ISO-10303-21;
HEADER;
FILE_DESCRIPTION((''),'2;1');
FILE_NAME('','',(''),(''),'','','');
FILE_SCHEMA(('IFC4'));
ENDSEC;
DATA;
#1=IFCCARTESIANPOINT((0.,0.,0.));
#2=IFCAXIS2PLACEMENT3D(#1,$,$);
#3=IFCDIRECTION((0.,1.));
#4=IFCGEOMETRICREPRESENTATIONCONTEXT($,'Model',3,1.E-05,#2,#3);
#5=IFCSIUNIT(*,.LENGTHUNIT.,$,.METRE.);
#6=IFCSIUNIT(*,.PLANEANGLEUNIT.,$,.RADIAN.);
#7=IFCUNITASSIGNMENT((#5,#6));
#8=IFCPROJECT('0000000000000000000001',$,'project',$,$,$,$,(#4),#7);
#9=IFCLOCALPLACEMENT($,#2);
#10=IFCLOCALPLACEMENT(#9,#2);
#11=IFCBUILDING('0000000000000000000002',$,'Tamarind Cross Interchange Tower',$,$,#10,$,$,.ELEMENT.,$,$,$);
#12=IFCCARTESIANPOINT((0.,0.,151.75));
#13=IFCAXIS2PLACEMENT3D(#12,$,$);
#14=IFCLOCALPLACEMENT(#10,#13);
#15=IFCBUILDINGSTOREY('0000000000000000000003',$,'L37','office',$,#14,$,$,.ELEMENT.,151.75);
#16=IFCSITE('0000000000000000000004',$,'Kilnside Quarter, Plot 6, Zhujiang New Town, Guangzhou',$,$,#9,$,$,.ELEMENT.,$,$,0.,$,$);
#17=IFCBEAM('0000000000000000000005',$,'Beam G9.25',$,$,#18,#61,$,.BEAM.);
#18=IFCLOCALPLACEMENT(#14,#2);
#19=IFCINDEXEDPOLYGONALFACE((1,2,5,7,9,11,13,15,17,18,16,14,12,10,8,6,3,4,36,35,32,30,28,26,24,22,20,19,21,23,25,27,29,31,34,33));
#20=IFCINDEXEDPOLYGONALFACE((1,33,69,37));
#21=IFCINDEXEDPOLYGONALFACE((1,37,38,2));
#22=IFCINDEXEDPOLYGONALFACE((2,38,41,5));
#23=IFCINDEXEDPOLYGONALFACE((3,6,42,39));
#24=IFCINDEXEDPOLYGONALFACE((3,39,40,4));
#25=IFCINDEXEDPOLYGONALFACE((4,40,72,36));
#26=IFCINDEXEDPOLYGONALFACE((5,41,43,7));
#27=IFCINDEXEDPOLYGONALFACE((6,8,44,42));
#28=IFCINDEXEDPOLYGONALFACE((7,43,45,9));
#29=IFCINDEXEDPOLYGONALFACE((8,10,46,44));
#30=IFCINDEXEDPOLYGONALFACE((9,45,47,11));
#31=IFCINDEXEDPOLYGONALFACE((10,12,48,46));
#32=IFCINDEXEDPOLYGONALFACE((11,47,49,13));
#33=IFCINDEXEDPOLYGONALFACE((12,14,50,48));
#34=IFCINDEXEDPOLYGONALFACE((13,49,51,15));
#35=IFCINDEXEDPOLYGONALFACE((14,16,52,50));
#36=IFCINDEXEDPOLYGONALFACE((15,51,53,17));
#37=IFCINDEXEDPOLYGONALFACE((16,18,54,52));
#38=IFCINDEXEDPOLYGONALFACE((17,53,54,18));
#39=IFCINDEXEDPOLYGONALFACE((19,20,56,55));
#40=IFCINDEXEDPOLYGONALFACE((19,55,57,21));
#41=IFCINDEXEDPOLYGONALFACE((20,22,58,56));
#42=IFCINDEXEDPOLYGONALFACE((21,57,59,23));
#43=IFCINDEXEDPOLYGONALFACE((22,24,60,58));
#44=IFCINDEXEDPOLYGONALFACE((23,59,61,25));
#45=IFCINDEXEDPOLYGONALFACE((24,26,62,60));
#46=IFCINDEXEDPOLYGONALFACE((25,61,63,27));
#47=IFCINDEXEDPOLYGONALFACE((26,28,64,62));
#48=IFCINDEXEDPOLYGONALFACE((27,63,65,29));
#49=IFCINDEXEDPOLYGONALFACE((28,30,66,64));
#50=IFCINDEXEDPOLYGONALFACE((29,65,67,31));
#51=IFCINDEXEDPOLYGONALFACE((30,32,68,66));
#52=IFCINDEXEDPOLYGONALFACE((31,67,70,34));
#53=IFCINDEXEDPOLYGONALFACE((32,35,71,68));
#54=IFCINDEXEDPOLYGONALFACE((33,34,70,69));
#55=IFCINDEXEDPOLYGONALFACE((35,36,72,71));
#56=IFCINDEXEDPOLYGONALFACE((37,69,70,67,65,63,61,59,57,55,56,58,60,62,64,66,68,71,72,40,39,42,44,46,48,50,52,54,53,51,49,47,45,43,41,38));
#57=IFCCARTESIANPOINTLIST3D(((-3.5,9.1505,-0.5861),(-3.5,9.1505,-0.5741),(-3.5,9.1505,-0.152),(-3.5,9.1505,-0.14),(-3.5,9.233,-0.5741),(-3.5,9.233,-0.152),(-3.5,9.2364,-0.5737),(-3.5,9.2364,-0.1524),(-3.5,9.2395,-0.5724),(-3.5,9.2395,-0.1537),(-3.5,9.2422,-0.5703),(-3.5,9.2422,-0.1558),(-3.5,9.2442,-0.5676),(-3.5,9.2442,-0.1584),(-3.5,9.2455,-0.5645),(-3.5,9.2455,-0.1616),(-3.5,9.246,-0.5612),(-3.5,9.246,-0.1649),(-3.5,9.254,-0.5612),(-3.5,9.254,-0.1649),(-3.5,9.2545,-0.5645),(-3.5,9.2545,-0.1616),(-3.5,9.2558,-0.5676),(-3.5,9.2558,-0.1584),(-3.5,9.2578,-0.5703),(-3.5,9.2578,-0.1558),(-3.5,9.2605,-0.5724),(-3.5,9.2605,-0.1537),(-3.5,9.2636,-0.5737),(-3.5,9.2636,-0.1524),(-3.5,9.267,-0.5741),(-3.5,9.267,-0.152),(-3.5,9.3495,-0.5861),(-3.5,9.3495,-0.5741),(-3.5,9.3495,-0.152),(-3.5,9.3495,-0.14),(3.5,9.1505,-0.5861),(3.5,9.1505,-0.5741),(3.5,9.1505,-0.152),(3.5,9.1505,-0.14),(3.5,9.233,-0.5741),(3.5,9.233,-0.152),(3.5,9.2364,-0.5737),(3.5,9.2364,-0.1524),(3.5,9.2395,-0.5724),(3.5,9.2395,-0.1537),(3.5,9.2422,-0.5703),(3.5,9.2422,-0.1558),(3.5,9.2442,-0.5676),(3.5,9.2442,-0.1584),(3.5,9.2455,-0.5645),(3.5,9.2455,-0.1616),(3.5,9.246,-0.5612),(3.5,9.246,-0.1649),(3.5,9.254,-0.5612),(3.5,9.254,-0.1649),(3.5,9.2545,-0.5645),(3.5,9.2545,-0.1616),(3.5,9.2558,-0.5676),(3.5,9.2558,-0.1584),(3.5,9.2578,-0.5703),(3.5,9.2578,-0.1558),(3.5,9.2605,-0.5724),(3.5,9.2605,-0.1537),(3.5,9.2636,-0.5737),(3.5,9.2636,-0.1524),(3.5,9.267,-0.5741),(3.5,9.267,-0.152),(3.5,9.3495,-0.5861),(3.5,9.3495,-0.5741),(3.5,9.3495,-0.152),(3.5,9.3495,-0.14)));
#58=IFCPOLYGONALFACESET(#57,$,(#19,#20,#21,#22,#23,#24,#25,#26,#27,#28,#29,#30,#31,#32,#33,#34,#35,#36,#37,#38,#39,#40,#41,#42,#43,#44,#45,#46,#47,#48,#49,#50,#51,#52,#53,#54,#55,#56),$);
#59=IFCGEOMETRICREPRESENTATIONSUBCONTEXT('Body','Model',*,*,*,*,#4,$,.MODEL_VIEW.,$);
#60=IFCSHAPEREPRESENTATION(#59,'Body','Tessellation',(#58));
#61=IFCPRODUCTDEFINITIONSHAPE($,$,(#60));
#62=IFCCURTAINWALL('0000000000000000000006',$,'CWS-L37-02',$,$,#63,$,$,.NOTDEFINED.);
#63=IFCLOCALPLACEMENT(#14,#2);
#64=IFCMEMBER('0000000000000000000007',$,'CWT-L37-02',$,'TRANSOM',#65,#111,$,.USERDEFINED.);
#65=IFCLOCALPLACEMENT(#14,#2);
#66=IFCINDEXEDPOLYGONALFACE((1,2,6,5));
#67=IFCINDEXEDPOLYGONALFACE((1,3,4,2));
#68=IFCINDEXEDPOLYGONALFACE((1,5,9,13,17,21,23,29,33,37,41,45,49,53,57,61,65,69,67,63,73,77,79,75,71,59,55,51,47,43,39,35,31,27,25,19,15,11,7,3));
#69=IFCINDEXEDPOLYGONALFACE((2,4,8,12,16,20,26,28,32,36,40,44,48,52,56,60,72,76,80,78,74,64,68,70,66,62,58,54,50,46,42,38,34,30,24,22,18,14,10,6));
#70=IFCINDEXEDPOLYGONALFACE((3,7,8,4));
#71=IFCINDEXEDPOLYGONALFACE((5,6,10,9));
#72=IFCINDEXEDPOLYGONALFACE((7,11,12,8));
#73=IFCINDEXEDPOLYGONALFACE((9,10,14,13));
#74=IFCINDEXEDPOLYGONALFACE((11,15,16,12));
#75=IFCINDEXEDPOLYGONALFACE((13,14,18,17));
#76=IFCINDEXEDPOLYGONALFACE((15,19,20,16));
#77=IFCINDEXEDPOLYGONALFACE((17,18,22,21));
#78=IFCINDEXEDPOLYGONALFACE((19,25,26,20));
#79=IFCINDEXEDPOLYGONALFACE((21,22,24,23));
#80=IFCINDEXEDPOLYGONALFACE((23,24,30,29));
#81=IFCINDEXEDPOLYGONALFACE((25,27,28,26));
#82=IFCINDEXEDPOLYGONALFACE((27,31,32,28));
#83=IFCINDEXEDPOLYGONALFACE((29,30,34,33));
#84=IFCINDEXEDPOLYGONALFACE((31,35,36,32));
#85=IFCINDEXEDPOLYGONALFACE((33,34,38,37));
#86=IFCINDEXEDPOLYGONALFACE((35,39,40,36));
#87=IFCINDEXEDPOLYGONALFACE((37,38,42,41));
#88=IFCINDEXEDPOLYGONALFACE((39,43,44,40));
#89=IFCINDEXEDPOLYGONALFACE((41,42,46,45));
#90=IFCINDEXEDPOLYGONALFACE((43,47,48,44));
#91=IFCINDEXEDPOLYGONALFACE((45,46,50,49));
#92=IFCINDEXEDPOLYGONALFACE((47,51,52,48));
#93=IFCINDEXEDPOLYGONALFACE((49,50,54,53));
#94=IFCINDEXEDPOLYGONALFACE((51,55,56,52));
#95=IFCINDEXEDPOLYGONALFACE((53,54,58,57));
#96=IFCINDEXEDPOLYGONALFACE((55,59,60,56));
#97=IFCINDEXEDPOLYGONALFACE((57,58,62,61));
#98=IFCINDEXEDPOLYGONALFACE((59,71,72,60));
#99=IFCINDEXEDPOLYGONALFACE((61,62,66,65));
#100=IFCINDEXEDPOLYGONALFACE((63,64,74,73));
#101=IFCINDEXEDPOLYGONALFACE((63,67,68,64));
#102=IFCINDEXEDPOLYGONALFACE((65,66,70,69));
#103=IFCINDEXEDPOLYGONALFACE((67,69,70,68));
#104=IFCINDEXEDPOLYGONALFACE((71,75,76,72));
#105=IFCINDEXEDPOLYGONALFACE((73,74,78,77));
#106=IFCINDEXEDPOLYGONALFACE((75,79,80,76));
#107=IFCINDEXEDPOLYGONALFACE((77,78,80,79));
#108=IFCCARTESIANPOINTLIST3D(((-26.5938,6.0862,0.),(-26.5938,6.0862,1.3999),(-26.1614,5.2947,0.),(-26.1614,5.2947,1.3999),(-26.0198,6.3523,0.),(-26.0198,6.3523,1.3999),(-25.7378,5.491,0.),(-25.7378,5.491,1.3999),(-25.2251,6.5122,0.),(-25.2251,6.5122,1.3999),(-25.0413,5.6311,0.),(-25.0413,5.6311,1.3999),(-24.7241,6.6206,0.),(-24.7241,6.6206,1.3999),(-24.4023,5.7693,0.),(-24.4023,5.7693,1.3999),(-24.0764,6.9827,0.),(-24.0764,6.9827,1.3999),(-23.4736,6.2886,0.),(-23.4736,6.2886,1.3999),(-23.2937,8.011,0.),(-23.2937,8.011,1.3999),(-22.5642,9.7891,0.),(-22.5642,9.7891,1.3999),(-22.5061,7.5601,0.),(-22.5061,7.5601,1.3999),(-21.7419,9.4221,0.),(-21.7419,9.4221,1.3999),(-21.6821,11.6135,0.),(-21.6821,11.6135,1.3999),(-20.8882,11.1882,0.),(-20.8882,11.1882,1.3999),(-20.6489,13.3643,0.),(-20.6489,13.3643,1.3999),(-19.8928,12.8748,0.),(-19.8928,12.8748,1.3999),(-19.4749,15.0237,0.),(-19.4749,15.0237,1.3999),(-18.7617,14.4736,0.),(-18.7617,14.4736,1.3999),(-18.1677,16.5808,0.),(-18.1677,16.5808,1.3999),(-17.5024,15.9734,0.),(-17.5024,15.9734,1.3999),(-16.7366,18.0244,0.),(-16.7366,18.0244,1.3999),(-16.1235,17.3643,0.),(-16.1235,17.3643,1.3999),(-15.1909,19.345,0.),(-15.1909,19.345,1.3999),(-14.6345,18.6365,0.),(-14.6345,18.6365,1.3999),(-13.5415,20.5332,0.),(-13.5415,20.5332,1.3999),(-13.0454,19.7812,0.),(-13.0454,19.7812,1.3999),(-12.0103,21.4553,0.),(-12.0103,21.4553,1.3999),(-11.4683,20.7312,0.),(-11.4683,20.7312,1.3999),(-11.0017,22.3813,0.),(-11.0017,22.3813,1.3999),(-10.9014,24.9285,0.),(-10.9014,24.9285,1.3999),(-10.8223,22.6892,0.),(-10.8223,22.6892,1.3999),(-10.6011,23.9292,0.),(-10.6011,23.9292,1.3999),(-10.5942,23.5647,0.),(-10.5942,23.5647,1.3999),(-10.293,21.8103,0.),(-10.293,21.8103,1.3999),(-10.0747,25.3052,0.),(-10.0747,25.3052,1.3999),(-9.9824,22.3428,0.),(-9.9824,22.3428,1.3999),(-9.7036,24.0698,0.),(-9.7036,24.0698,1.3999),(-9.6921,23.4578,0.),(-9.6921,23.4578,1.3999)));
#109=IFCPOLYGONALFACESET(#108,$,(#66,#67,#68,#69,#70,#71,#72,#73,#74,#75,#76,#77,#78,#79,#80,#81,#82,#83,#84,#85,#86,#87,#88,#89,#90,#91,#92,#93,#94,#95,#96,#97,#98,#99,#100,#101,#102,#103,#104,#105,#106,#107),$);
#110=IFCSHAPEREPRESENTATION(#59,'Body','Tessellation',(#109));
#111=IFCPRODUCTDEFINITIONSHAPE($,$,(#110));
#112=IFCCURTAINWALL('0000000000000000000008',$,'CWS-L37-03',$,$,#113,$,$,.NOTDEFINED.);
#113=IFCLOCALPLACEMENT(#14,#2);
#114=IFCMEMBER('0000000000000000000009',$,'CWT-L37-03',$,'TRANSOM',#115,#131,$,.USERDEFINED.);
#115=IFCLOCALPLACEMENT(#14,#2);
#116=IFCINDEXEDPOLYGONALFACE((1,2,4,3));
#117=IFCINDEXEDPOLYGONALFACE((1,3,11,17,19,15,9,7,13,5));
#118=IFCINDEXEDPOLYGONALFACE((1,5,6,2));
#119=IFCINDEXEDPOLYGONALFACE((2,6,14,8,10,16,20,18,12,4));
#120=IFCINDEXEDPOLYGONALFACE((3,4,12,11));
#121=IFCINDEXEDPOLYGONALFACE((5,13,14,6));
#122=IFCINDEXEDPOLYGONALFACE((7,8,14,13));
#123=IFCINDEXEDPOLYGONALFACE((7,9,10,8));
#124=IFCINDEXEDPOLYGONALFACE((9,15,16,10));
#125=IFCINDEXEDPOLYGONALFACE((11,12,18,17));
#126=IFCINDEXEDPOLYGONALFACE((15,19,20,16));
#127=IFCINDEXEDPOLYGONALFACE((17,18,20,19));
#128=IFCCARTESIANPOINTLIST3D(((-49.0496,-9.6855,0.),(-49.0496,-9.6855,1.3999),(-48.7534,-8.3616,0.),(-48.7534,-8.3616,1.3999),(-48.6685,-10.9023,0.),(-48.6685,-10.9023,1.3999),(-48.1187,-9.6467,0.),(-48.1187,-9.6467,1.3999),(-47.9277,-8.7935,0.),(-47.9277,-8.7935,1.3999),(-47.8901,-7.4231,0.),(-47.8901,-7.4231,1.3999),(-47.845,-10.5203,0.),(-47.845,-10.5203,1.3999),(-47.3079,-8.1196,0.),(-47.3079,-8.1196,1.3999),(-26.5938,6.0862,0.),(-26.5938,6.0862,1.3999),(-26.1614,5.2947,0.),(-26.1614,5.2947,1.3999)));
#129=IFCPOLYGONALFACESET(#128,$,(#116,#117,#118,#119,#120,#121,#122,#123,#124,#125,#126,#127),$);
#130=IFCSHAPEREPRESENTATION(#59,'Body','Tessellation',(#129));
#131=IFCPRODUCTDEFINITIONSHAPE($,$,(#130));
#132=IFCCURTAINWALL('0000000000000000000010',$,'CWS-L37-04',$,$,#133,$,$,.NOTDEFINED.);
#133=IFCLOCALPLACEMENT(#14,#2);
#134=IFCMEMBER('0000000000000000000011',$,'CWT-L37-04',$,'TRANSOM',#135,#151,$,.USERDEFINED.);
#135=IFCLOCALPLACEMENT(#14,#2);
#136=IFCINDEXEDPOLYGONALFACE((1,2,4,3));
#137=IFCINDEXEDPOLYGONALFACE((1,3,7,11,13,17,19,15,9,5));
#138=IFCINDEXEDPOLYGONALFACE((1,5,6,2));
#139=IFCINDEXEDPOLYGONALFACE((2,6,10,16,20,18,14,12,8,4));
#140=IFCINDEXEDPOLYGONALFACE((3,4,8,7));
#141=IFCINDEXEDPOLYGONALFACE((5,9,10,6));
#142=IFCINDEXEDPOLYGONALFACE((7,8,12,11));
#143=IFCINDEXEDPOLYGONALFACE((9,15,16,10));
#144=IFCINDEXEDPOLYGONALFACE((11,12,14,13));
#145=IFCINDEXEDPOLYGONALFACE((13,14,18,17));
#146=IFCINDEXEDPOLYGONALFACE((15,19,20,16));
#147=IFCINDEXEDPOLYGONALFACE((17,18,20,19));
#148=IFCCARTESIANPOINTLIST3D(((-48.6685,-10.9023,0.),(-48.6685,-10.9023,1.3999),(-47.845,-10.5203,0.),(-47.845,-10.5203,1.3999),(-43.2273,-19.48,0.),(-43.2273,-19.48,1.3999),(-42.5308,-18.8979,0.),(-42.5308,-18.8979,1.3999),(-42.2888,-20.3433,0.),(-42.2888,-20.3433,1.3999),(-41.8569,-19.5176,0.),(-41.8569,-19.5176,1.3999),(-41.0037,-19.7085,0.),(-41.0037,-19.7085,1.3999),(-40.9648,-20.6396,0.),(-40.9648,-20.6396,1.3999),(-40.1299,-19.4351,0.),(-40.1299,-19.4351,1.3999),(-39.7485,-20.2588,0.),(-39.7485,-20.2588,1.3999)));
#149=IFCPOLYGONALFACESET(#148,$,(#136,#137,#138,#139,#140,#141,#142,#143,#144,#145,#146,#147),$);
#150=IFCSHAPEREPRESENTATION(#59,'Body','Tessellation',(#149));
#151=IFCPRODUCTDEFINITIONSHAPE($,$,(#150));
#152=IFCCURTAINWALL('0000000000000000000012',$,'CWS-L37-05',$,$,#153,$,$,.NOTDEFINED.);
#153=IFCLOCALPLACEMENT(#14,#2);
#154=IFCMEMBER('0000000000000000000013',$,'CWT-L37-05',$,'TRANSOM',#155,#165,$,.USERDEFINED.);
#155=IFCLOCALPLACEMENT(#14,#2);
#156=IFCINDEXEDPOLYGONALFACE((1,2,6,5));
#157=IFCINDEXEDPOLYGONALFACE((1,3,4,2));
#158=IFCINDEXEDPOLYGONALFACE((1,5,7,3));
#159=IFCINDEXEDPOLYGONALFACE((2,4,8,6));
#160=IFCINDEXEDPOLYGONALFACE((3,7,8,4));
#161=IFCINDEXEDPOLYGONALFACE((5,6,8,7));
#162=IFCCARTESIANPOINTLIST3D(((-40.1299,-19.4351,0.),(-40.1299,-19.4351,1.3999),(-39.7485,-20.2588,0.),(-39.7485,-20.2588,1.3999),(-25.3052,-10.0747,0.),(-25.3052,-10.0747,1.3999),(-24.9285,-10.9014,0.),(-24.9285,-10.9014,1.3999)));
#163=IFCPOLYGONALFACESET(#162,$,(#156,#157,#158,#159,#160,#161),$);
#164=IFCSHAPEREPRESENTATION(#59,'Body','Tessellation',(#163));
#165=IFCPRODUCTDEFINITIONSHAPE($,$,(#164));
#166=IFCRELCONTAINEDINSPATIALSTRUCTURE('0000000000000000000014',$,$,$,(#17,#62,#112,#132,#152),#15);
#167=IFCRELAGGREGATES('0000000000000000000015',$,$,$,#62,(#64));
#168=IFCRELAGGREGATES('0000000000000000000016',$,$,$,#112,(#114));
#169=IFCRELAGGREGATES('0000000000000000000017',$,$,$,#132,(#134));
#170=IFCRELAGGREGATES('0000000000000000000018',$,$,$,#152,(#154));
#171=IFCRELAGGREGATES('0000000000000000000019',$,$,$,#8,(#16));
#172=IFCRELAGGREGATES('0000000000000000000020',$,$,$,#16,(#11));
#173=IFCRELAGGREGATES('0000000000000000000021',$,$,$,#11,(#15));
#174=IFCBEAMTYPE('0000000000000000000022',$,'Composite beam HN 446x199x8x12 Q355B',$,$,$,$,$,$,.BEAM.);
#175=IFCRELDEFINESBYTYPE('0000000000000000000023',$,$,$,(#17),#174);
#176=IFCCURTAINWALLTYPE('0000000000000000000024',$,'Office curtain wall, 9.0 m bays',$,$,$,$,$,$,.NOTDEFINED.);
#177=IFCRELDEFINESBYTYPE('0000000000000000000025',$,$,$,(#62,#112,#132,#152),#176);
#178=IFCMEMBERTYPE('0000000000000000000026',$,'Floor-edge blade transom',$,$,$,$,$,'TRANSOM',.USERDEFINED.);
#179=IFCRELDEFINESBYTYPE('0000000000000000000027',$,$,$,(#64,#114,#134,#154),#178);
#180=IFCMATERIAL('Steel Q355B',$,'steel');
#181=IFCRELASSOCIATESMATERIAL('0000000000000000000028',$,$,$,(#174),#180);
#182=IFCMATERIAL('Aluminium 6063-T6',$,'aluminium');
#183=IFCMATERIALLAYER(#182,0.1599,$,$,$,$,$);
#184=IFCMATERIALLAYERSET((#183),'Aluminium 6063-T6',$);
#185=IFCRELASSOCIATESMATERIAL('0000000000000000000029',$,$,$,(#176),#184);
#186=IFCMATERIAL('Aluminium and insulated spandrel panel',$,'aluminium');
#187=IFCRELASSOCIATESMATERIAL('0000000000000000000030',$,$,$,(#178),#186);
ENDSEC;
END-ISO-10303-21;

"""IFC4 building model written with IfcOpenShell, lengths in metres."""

from ifc_helpers import new_model, si_unit, direction, frame, origin, origin_2d, place, context, subcontext, project, spatial, polyline, i_section, outline, extrude, material, layer, layer_set, material_profile, profile_set, type_object, element, aggregate, save


model = new_model("IFC4")

# Units and contexts
model_context = context("Model", 3, precision=1e-05, world=origin(), true_north=direction((0.0, 1.0)))
body_context = subcontext(model_context, "Body", "Model", "MODEL_VIEW")
ifc_project = project(units=[si_unit("LENGTHUNIT", "METRE"), si_unit("PLANEANGLEUNIT", "RADIAN")], contexts=[model_context])

# Site, building, storey
site_placement = place(None, origin())
site = spatial("IfcSite", under=ifc_project, at=site_placement, Name="Kilnside Quarter, Plot 6, Zhujiang New Town, Guangzhou", CompositionType="ELEMENT", RefElevation=0.0)
building_placement = place(site_placement, origin())
building = spatial("IfcBuilding", under=site, at=building_placement, Name="Tamarind Cross Interchange Tower", CompositionType="ELEMENT")
storey_placement = place(building_placement, frame((0.0, 0.0, 151.75)))
storey = spatial("IfcBuildingStorey", under=building, at=storey_placement, Name="L37", Description="office", CompositionType="ELEMENT", Elevation=151.75)

# Beam
ifc_material_1 = material(Name="Steel Q355B", Category="steel")
ifc_material_profile = material_profile(ifc_material_1, i_section(OverallWidth=0.199, OverallDepth=0.446, WebThickness=0.0081, FlangeThickness=0.012, FilletRadius=0.0129, at=origin_2d()), Name="HN 446x199x8x12")
ifc_profile_set = profile_set([ifc_material_profile], Name="Steel Q355B")
beam_type = type_object("IfcBeamType", Name="Composite beam HN 446x199x8x12 Q355B", PredefinedType="BEAM", material=ifc_profile_set)
beam_placement = place(storey_placement, frame((-3.5, 9.25, -0.363), z_axis=(1.0, 0.0, 0.0), x_axis=(0.0, 1.0, 0.0)))
element("IfcBeam", 1, at=beam_placement, inside=storey, type_object=beam_type, Name="Beam G9.25", PredefinedType="BEAM", context=body_context, shape_type="SweptSolid", body=[
    extrude(i_section(OverallWidth=0.199, OverallDepth=0.446, WebThickness=0.0081, FlangeThickness=0.012, FilletRadius=0.0129, at=origin_2d()), origin(), (0.0, 0.0, 1.0), 7.0),
])

# Curtain walls, members
ifc_material_2 = material(Name="Aluminium 6063-T6", Category="aluminium")
ifc_layer_1 = layer(ifc_material_2, 0.1599)
ifc_layer_set_1 = layer_set([ifc_layer_1], Name="Aluminium 6063-T6")
curtain_wall_type = type_object("IfcCurtainWallType", Name="Office curtain wall, 9.0 m bays", PredefinedType="NOTDEFINED", material=ifc_layer_set_1)
curtain_wall_1_placement = place(storey_placement, origin())
curtain_wall_1 = element("IfcCurtainWall", 2, at=curtain_wall_1_placement, inside=storey, type_object=curtain_wall_type, Name="CWS-L37-02", PredefinedType="NOTDEFINED")
ifc_material_3 = material(Name="Aluminium and insulated spandrel panel", Category="aluminium")
member_type = type_object("IfcMemberType", Name="Floor-edge blade transom", ElementType="TRANSOM", PredefinedType="USERDEFINED", material=ifc_material_3)
member_1_placement = place(storey_placement, origin())
member_1 = element("IfcMember", 3, at=member_1_placement, type_object=member_type, Name="CWT-L37-02", ObjectType="TRANSOM", PredefinedType="USERDEFINED", context=body_context, shape_type="SweptSolid", body=[
    extrude(outline(polyline([(-10.0747, 25.3052), (-9.7036, 24.0698), (-9.6921, 23.4578), (-9.9824, 22.3428), (-10.293, 21.8103), (-11.4683, 20.7312), (-13.0454, 19.7812), (-14.6345, 18.6365), (-16.1235, 17.3643), (-17.5024, 15.9734), (-18.7617, 14.4736), (-19.8928, 12.8748), (-20.8882, 11.1882), (-21.7419, 9.4221), (-22.5061, 7.5601), (-23.4736, 6.2886), (-24.4023, 5.7693), (-25.0413, 5.6311), (-25.7378, 5.491), (-26.1614, 5.2947), (-26.5938, 6.0862), (-26.0198, 6.3523), (-25.2251, 6.5122), (-24.7241, 6.6206), (-24.0764, 6.9827), (-23.2937, 8.011), (-22.5642, 9.7891), (-21.6821, 11.6135), (-20.6489, 13.3643), (-19.4749, 15.0237), (-18.1677, 16.5808), (-16.7366, 18.0244), (-15.1909, 19.345), (-13.5415, 20.5332), (-12.0103, 21.4553), (-11.0017, 22.3813), (-10.8223, 22.6892), (-10.5942, 23.5647), (-10.6011, 23.9292), (-10.9014, 24.9285), (-10.0747, 25.3052)])), origin(), (0.0, 0.0, 1.0), 1.3999),
])
curtain_wall_2_placement = place(storey_placement, origin())
curtain_wall_2 = element("IfcCurtainWall", 4, at=curtain_wall_2_placement, inside=storey, type_object=curtain_wall_type, Name="CWS-L37-03", PredefinedType="NOTDEFINED")
member_2_placement = place(storey_placement, origin())
member_2 = element("IfcMember", 5, at=member_2_placement, type_object=member_type, Name="CWT-L37-03", ObjectType="TRANSOM", PredefinedType="USERDEFINED", context=body_context, shape_type="SweptSolid", body=[
    extrude(outline(polyline([(-26.1614, 5.2947), (-47.3079, -8.1196), (-47.9277, -8.7935), (-48.1187, -9.6467), (-47.845, -10.5203), (-48.6685, -10.9023), (-49.0496, -9.6855), (-48.7534, -8.3616), (-47.8901, -7.4231), (-26.5938, 6.0862), (-26.1614, 5.2947)])), origin(), (0.0, 0.0, 1.0), 1.3999),
])
curtain_wall_3_placement = place(storey_placement, origin())
curtain_wall_3 = element("IfcCurtainWall", 6, at=curtain_wall_3_placement, inside=storey, type_object=curtain_wall_type, Name="CWS-L37-04", PredefinedType="NOTDEFINED")
member_3_placement = place(storey_placement, origin())
member_3 = element("IfcMember", 7, at=member_3_placement, type_object=member_type, Name="CWT-L37-04", ObjectType="TRANSOM", PredefinedType="USERDEFINED", context=body_context, shape_type="SweptSolid", body=[
    extrude(outline(polyline([(-47.845, -10.5203), (-42.5308, -18.8979), (-41.8569, -19.5176), (-41.0037, -19.7085), (-40.1299, -19.4351), (-39.7485, -20.2588), (-40.9648, -20.6396), (-42.2888, -20.3433), (-43.2273, -19.48), (-48.6685, -10.9023), (-47.845, -10.5203)])), origin(), (0.0, 0.0, 1.0), 1.3999),
])
curtain_wall_4_placement = place(storey_placement, origin())
curtain_wall_4 = element("IfcCurtainWall", 8, at=curtain_wall_4_placement, inside=storey, type_object=curtain_wall_type, Name="CWS-L37-05", PredefinedType="NOTDEFINED")
member_4_placement = place(storey_placement, origin())
member_4 = element("IfcMember", 9, at=member_4_placement, type_object=member_type, Name="CWT-L37-05", ObjectType="TRANSOM", PredefinedType="USERDEFINED", context=body_context, shape_type="SweptSolid", body=[
    extrude(outline(polyline([(-40.1299, -19.4351), (-25.3052, -10.0747), (-24.9285, -10.9014), (-39.7485, -20.2588), (-40.1299, -19.4351)])), origin(), (0.0, 0.0, 1.0), 1.3999),
])

aggregate(curtain_wall_1, [member_1])
aggregate(curtain_wall_2, [member_2])
aggregate(curtain_wall_3, [member_3])
aggregate(curtain_wall_4, [member_4])

save(model, "model.ifc")
